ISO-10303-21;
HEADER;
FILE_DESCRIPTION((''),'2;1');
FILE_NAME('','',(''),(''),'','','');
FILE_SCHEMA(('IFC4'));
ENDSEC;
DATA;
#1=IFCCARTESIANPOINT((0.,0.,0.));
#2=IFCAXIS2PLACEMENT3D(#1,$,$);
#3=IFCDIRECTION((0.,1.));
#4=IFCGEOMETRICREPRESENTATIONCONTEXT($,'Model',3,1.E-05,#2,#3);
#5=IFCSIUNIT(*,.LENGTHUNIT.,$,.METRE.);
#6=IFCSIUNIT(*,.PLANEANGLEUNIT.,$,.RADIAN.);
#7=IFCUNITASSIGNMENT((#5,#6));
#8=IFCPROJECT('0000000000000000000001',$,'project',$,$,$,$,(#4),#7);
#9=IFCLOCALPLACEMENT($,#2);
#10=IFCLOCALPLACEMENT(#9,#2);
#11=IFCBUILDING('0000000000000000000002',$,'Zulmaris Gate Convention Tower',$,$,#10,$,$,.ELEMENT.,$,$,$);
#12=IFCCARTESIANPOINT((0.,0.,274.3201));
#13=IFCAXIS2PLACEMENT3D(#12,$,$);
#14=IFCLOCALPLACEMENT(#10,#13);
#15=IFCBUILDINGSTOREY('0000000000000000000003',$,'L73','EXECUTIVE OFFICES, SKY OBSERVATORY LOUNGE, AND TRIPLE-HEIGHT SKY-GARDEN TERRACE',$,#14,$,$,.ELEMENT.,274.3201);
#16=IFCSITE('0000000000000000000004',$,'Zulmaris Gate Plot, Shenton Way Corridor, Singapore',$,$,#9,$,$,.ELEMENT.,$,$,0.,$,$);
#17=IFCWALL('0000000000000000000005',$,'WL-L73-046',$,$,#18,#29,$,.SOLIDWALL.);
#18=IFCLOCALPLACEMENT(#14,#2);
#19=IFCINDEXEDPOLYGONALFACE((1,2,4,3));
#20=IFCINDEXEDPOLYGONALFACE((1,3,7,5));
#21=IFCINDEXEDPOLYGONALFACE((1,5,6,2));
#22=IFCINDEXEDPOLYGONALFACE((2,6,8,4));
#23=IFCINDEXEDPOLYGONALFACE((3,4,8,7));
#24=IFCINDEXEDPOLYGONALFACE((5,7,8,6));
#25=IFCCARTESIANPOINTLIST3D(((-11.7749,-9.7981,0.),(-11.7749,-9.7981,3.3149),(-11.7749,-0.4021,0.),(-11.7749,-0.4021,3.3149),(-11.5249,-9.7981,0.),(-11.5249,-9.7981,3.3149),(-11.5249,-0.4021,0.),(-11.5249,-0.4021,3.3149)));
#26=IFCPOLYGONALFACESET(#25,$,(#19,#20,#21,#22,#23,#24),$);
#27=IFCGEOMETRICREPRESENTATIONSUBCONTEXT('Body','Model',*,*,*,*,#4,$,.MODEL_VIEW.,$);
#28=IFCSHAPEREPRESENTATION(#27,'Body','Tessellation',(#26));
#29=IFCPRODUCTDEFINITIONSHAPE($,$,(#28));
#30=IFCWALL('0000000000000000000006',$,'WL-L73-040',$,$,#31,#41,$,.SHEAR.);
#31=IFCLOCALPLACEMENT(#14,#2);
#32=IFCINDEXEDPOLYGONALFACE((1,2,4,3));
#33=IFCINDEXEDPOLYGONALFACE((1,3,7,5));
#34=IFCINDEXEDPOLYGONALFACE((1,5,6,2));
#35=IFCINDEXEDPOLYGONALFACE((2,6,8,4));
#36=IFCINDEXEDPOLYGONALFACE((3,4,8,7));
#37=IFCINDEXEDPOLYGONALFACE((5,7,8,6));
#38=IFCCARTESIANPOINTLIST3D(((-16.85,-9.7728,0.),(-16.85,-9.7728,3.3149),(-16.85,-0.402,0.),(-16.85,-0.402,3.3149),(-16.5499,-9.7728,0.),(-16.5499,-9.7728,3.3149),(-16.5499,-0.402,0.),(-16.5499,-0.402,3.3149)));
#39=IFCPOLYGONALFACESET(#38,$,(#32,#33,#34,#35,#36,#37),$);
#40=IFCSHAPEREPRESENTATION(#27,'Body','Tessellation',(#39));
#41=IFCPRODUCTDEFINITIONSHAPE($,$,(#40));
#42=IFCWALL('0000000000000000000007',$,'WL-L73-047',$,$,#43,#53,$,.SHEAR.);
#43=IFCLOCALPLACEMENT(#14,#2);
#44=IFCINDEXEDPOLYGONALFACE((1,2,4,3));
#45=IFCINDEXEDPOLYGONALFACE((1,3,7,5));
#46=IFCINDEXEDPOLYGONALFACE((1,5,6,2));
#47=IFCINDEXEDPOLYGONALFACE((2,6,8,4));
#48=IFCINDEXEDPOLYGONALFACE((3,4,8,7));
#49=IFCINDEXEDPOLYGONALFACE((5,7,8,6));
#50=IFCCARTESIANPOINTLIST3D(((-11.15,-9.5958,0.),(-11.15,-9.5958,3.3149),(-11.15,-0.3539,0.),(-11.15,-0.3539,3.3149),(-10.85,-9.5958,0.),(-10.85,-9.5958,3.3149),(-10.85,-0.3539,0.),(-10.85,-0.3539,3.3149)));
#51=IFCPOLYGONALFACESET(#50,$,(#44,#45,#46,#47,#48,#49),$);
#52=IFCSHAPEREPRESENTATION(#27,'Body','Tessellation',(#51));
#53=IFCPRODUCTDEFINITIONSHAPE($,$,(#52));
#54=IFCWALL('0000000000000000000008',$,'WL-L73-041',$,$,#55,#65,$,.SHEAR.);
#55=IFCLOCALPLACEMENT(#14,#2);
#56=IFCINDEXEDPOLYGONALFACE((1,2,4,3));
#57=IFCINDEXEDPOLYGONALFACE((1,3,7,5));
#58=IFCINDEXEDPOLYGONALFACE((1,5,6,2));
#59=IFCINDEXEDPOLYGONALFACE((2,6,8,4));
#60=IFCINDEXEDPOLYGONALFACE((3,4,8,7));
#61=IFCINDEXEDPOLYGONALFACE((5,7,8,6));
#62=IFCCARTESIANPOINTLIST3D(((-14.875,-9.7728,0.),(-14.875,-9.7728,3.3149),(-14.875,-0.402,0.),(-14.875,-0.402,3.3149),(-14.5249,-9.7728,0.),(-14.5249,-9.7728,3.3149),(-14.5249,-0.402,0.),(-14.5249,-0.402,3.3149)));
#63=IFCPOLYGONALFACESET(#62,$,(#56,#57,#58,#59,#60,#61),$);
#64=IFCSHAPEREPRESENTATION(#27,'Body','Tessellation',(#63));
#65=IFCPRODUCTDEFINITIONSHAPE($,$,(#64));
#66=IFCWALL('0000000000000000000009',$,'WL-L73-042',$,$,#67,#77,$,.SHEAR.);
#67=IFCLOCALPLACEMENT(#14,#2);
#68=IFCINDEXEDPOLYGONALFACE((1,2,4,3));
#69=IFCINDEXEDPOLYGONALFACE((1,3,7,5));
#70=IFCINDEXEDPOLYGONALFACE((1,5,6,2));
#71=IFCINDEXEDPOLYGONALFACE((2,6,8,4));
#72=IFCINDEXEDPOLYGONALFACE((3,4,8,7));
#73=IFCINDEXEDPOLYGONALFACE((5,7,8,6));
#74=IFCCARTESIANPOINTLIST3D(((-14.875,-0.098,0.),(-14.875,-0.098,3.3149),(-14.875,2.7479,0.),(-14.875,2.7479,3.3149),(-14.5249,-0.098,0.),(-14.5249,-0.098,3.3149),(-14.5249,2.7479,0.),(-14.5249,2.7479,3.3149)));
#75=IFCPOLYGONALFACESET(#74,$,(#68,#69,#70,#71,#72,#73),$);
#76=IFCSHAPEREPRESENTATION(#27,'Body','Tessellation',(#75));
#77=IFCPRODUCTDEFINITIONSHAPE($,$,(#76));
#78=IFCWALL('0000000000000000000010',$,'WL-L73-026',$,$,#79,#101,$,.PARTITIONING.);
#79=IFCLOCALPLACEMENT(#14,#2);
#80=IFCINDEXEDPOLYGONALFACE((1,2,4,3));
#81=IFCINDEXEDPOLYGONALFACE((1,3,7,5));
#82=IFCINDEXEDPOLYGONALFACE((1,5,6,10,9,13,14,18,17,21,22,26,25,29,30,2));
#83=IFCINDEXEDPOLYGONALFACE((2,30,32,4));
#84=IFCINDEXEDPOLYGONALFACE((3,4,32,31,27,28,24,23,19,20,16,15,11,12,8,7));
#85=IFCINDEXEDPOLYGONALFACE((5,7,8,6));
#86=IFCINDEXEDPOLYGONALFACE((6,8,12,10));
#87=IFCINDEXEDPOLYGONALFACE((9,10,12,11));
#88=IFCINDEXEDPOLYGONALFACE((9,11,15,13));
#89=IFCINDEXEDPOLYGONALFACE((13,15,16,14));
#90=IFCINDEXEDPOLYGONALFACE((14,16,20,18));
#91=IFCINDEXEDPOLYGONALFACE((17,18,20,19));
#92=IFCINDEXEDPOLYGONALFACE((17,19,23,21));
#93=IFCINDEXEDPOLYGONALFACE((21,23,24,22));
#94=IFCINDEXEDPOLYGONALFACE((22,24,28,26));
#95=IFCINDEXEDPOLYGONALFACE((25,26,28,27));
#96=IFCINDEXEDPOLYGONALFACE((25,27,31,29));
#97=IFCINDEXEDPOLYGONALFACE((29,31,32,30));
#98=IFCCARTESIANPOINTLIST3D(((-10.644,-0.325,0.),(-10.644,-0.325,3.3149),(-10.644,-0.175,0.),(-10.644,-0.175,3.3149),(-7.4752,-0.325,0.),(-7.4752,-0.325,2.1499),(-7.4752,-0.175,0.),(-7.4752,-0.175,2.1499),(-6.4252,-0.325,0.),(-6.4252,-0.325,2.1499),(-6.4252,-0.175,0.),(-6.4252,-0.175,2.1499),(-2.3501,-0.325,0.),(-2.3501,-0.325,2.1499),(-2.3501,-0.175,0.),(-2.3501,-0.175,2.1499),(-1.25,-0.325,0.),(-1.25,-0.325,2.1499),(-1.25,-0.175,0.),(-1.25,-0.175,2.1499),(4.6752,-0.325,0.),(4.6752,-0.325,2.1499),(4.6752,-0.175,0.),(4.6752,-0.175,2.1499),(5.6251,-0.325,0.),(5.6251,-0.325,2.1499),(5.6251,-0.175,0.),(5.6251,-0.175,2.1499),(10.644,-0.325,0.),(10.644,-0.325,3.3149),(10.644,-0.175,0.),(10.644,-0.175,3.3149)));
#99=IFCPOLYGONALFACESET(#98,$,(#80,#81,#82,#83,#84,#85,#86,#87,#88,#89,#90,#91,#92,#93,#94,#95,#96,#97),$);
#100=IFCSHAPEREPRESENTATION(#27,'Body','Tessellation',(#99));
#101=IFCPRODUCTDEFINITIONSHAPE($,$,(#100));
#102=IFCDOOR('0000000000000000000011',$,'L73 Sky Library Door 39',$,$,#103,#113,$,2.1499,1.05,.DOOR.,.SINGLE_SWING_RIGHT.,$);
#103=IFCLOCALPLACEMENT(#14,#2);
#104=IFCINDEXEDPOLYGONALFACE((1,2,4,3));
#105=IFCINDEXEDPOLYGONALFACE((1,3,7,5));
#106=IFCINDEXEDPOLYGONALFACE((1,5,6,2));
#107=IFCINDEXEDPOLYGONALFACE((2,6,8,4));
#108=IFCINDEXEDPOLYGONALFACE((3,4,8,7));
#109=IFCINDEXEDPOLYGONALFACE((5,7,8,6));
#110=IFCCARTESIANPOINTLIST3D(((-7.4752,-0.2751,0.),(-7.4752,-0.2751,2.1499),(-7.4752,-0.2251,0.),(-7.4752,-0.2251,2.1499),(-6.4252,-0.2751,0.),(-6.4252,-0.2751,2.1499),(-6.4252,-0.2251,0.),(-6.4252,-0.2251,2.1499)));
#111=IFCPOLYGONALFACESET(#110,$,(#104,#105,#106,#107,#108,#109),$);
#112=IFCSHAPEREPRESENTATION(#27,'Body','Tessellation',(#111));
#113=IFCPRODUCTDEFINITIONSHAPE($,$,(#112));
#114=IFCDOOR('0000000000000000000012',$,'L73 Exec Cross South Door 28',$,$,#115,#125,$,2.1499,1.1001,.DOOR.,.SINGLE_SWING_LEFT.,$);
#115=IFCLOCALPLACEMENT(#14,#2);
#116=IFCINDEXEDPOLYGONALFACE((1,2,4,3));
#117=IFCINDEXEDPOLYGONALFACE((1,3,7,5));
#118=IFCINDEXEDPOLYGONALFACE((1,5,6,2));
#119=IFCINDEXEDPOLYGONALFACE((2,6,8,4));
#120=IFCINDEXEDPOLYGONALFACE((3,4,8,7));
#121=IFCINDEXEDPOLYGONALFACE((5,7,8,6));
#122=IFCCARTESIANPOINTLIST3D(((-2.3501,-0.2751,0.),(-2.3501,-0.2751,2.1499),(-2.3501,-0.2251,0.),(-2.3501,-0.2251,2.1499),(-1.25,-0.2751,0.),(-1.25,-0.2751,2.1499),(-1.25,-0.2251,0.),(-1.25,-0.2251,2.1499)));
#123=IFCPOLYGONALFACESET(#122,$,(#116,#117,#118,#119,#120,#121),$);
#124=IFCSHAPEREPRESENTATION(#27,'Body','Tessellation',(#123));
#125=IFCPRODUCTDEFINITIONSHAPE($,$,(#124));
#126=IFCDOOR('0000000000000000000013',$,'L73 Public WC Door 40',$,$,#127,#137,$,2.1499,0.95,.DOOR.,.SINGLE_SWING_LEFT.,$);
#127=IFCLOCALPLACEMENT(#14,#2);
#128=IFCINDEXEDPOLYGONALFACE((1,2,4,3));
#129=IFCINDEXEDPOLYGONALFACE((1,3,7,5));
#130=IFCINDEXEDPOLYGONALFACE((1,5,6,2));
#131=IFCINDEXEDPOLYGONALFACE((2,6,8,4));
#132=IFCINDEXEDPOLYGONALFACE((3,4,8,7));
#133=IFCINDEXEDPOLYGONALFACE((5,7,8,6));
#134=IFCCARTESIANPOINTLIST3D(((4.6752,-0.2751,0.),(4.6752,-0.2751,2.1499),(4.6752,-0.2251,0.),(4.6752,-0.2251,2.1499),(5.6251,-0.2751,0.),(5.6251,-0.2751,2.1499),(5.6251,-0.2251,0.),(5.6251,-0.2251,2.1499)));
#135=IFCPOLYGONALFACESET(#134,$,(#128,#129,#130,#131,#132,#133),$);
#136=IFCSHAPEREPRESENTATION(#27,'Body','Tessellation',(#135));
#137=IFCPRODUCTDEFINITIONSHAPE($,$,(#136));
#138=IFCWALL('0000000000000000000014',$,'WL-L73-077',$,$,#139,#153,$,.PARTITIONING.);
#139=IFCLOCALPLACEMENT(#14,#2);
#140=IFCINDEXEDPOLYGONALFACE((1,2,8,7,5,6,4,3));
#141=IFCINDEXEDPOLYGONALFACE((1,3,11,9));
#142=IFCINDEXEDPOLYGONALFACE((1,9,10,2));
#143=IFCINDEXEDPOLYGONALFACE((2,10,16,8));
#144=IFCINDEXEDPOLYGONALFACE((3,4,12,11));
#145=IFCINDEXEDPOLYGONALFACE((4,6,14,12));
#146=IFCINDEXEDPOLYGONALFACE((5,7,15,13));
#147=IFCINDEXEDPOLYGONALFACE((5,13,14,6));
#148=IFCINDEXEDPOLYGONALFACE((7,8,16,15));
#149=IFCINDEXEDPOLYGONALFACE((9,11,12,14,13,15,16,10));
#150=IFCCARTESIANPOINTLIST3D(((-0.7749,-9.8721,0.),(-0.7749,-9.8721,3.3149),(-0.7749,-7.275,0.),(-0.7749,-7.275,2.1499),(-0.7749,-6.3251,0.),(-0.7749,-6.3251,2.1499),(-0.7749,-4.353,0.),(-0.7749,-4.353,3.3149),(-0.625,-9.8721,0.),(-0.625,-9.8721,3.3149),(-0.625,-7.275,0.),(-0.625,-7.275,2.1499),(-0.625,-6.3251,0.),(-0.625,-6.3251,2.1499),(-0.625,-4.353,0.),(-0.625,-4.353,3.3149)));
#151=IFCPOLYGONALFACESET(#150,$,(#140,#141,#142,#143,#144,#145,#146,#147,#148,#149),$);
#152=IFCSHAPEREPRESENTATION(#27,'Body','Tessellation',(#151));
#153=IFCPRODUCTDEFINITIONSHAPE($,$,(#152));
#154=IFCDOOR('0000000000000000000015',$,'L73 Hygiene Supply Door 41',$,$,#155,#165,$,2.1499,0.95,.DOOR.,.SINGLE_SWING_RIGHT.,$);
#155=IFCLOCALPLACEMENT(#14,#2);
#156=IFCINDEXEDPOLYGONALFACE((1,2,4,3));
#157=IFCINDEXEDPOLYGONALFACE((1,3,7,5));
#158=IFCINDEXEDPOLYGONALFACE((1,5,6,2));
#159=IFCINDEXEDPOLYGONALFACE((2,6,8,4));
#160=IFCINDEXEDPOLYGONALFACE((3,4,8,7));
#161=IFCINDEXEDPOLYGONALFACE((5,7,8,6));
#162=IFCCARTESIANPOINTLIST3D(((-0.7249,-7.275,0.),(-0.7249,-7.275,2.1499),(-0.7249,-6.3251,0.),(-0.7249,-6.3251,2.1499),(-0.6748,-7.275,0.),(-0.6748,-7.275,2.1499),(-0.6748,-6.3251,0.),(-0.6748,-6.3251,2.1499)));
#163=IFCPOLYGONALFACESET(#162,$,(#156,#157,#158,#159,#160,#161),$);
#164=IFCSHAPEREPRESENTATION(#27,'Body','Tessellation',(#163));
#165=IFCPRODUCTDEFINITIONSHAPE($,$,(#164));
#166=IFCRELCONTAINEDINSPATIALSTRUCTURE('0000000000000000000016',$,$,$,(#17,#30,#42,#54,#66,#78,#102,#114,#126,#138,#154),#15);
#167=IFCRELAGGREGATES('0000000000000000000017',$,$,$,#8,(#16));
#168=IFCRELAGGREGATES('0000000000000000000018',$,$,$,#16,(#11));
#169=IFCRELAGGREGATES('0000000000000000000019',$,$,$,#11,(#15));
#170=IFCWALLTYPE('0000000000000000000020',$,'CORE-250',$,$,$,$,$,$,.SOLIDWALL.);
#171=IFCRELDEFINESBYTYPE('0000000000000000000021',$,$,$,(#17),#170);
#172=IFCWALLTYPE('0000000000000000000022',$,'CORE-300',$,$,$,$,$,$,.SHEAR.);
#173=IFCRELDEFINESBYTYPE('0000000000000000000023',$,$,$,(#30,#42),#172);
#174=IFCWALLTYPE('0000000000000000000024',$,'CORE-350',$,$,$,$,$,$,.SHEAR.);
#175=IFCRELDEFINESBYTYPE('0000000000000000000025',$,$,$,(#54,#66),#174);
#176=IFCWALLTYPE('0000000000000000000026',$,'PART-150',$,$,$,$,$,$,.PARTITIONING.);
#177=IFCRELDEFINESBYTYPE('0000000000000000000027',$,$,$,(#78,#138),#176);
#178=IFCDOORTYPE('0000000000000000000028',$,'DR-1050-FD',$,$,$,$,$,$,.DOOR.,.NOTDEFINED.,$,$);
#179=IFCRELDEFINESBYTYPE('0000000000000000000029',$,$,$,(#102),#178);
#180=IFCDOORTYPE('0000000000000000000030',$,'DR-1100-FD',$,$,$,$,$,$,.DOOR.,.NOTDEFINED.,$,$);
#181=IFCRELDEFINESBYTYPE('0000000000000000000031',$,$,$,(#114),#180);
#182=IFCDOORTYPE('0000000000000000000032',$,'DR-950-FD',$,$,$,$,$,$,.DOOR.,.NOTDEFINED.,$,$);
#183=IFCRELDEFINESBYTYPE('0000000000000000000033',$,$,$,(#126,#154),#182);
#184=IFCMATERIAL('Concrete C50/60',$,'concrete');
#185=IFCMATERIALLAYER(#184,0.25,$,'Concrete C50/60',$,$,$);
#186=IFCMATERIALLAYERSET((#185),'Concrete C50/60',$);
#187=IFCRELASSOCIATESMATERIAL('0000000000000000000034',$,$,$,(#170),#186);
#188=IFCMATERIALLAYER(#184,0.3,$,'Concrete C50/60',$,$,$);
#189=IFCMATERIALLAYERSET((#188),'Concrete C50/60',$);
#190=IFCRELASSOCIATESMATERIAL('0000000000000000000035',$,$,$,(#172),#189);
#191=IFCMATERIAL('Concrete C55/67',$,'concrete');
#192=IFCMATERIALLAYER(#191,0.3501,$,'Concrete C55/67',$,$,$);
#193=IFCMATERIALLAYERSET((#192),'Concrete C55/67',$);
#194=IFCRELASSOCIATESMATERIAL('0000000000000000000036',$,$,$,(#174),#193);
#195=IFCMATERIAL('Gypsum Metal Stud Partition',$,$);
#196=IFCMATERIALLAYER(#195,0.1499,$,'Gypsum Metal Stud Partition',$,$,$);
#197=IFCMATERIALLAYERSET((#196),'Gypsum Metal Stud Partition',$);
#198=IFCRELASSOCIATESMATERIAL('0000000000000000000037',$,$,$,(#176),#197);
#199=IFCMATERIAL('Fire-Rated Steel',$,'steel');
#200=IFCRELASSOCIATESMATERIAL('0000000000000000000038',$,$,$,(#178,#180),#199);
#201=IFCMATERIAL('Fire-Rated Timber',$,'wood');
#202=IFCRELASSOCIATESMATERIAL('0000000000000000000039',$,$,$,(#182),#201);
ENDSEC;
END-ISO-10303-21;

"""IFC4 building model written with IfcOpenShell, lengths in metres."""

from ifc_helpers import new_model, si_unit, direction, frame, frame_2d, origin, place, context, subcontext, project, spatial, rectangle, extrude, material, layer, layer_set, type_object, element, fill, save


model = new_model("IFC4")

# Units and contexts
model_context = context("Model", 3, precision=1e-05, world=origin(), true_north=direction((0.0, 1.0)))
body_context = subcontext(model_context, "Body", "Model", "MODEL_VIEW")
ifc_project = project(units=[si_unit("LENGTHUNIT", "METRE"), si_unit("PLANEANGLEUNIT", "RADIAN")], contexts=[model_context])

# Site, building, storey
site_placement = place(None, origin())
site = spatial("IfcSite", under=ifc_project, at=site_placement, Name="Zulmaris Gate Plot, Shenton Way Corridor, Singapore", CompositionType="ELEMENT", RefElevation=0.0)
building_placement = place(site_placement, origin())
building = spatial("IfcBuilding", under=site, at=building_placement, Name="Zulmaris Gate Convention Tower", CompositionType="ELEMENT")
storey_placement = place(building_placement, frame((0.0, 0.0, 274.3201)))
storey = spatial("IfcBuildingStorey", under=building, at=storey_placement, Name="L73", Description="EXECUTIVE OFFICES, SKY OBSERVATORY LOUNGE, AND TRIPLE-HEIGHT SKY-GARDEN TERRACE", CompositionType="ELEMENT", Elevation=274.3201)

# Shared definitions
ifc_material_1 = material(Name="Concrete C50/60", Category="concrete")

# Shared definitions
ifc_layer_1 = layer(ifc_material_1, 0.25, Name="Concrete C50/60")
ifc_layer_set_1 = layer_set([ifc_layer_1], Name="Concrete C50/60")
wall_type_1 = type_object("IfcWallType", Name="CORE-250", PredefinedType="SOLIDWALL", material=ifc_layer_set_1)

# Walls
wall_1_placement = place(storey_placement, frame((-11.6499, -9.7981, 0.0), z_axis=(0.0, 0.0, 1.0), x_axis=(0.0, 1.0, 0.0)))
element("IfcWall", 1, at=wall_1_placement, inside=storey, type_object=wall_type_1, Name="WL-L73-046", PredefinedType="SOLIDWALL", context=body_context, shape_type="SweptSolid", body=[
    extrude(rectangle(XDim=9.396, YDim=0.25, at=frame_2d((4.698, 0.0))), origin(), (0.0, 0.0, 1.0), 3.3149),
])
ifc_layer_2 = layer(ifc_material_1, 0.3, Name="Concrete C50/60")
ifc_layer_set_2 = layer_set([ifc_layer_2], Name="Concrete C50/60")
wall_type_2 = type_object("IfcWallType", Name="CORE-300", PredefinedType="SHEAR", material=ifc_layer_set_2)
wall_2_placement = place(storey_placement, frame((-16.7, -9.7729, 0.0), z_axis=(0.0, 0.0, 1.0), x_axis=(0.0, 1.0, 0.0)))
element("IfcWall", 2, at=wall_2_placement, inside=storey, type_object=wall_type_2, Name="WL-L73-040", PredefinedType="SHEAR", context=body_context, shape_type="SweptSolid", body=[
    extrude(rectangle(XDim=9.3708, YDim=0.3, at=frame_2d((4.6855, 0.0))), origin(), (0.0, 0.0, 1.0), 3.3149),
])
wall_3_placement = place(storey_placement, frame((-11.0, -9.5959, 0.0), z_axis=(0.0, 0.0, 1.0), x_axis=(0.0, 1.0, 0.0)))
element("IfcWall", 3, at=wall_3_placement, inside=storey, type_object=wall_type_2, Name="WL-L73-047", PredefinedType="SHEAR", context=body_context, shape_type="SweptSolid", body=[
    extrude(rectangle(XDim=9.2419, YDim=0.3, at=frame_2d((4.6211, 0.0))), origin(), (0.0, 0.0, 1.0), 3.3149),
])
ifc_material_2 = material(Name="Concrete C55/67", Category="concrete")
ifc_layer_3 = layer(ifc_material_2, 0.3501, Name="Concrete C55/67")
ifc_layer_set_3 = layer_set([ifc_layer_3], Name="Concrete C55/67")
wall_type_3 = type_object("IfcWallType", Name="CORE-350", PredefinedType="SHEAR", material=ifc_layer_set_3)
wall_4_placement = place(storey_placement, frame((-14.7, -9.7729, 0.0), z_axis=(0.0, 0.0, 1.0), x_axis=(0.0, 1.0, 0.0)))
element("IfcWall", 4, at=wall_4_placement, inside=storey, type_object=wall_type_3, Name="WL-L73-041", PredefinedType="SHEAR", context=body_context, shape_type="SweptSolid", body=[
    extrude(rectangle(XDim=9.3708, YDim=0.3501, at=frame_2d((4.6855, 0.0))), origin(), (0.0, 0.0, 1.0), 3.3149),
])
wall_5_placement = place(storey_placement, frame((-14.7, -0.0979, 0.0), z_axis=(0.0, 0.0, 1.0), x_axis=(0.0, 1.0, 0.0)))
element("IfcWall", 5, at=wall_5_placement, inside=storey, type_object=wall_type_3, Name="WL-L73-042", PredefinedType="SHEAR", context=body_context, shape_type="SweptSolid", body=[
    extrude(rectangle(XDim=2.8459, YDim=0.3501, at=frame_2d((1.4229, 0.0))), origin(), (0.0, 0.0, 1.0), 3.3149),
])

# Wall, openings, doors
ifc_material_3 = material(Name="Gypsum Metal Stud Partition")
ifc_layer_4 = layer(ifc_material_3, 0.1499, Name="Gypsum Metal Stud Partition")
ifc_layer_set_4 = layer_set([ifc_layer_4], Name="Gypsum Metal Stud Partition")
wall_type_4 = type_object("IfcWallType", Name="PART-150", PredefinedType="PARTITIONING", material=ifc_layer_set_4)
wall_6_placement = place(storey_placement, frame((-10.644, -0.25, 0.0), z_axis=(0.0, 0.0, 1.0), x_axis=(1.0, 0.0, 0.0)))
wall_6 = element("IfcWall", 6, at=wall_6_placement, inside=storey, type_object=wall_type_4, Name="WL-L73-026", PredefinedType="PARTITIONING", context=body_context, shape_type="SweptSolid", body=[
    extrude(rectangle(XDim=21.2881, YDim=0.1499, at=frame_2d((10.644, 0.0))), origin(), (0.0, 0.0, 1.0), 3.3149),
])
opening_1_placement = place(wall_6_placement, frame((8.2939, 0.0, 0.0)))
opening_1 = element("IfcOpeningElement", 7, at=opening_1_placement, cuts=wall_6, PredefinedType="OPENING", context=body_context, shape_type="SweptSolid", body=[
    extrude(rectangle(XDim=1.1001, YDim=2.1499, at=frame_2d((0.55, 1.075))), frame((0.0, 0.085, 0.0), z_axis=(0.0, -1.0, 0.0), x_axis=(1.0, 0.0, 0.0)), (0.0, 0.0, 1.0), 0.1699),
])
opening_2_placement = place(wall_6_placement, frame((3.1689, 0.0, 0.0)))
opening_2 = element("IfcOpeningElement", 8, at=opening_2_placement, cuts=wall_6, PredefinedType="OPENING", context=body_context, shape_type="SweptSolid", body=[
    extrude(rectangle(XDim=1.05, YDim=2.1499, at=frame_2d((0.5249, 1.075))), frame((0.0, 0.085, 0.0), z_axis=(0.0, -1.0, 0.0), x_axis=(1.0, 0.0, 0.0)), (0.0, 0.0, 1.0), 0.1699),
])
opening_3_placement = place(wall_6_placement, frame((15.3191, 0.0, 0.0)))
opening_3 = element("IfcOpeningElement", 9, at=opening_3_placement, cuts=wall_6, PredefinedType="OPENING", context=body_context, shape_type="SweptSolid", body=[
    extrude(rectangle(XDim=0.95, YDim=2.1499, at=frame_2d((0.4751, 1.075))), frame((0.0, 0.085, 0.0), z_axis=(0.0, -1.0, 0.0), x_axis=(1.0, 0.0, 0.0)), (0.0, 0.0, 1.0), 0.1699),
])
ifc_material_4 = material(Name="Fire-Rated Steel", Category="steel")
door_type_1 = type_object("IfcDoorType", Name="DR-1050-FD", OperationType="NOTDEFINED", PredefinedType="DOOR", material=ifc_material_4)
door_1_placement = place(opening_2_placement, origin())
door_1 = element("IfcDoor", 10, at=door_1_placement, inside=storey, type_object=door_type_1, Name="L73 Sky Library Door 39", OperationType="SINGLE_SWING_RIGHT", OverallHeight=2.1499, OverallWidth=1.05, PredefinedType="DOOR", context=body_context, shape_type="SweptSolid", body=[
    extrude(rectangle(XDim=1.05, YDim=2.1499, at=frame_2d((0.5249, 1.075))), frame((0.0, 0.0249, 0.0), z_axis=(0.0, -1.0, 0.0), x_axis=(1.0, 0.0, 0.0)), (0.0, 0.0, 1.0), 0.05),
])
fill(opening_2, door_1)
door_type_2 = type_object("IfcDoorType", Name="DR-1100-FD", OperationType="NOTDEFINED", PredefinedType="DOOR", material=ifc_material_4)
door_2_placement = place(opening_1_placement, origin())
door_2 = element("IfcDoor", 11, at=door_2_placement, inside=storey, type_object=door_type_2, Name="L73 Exec Cross South Door 28", OperationType="SINGLE_SWING_LEFT", OverallHeight=2.1499, OverallWidth=1.1001, PredefinedType="DOOR", context=body_context, shape_type="SweptSolid", body=[
    extrude(rectangle(XDim=1.1001, YDim=2.1499, at=frame_2d((0.55, 1.075))), frame((0.0, 0.0249, 0.0), z_axis=(0.0, -1.0, 0.0), x_axis=(1.0, 0.0, 0.0)), (0.0, 0.0, 1.0), 0.05),
])
fill(opening_1, door_2)
ifc_material_5 = material(Name="Fire-Rated Timber", Category="wood")
door_type_3 = type_object("IfcDoorType", Name="DR-950-FD", OperationType="NOTDEFINED", PredefinedType="DOOR", material=ifc_material_5)
door_3_placement = place(opening_3_placement, origin())
door_3 = element("IfcDoor", 12, at=door_3_placement, inside=storey, type_object=door_type_3, Name="L73 Public WC Door 40", OperationType="SINGLE_SWING_LEFT", OverallHeight=2.1499, OverallWidth=0.95, PredefinedType="DOOR", context=body_context, shape_type="SweptSolid", body=[
    extrude(rectangle(XDim=0.95, YDim=2.1499, at=frame_2d((0.4751, 1.075))), frame((0.0, 0.0249, 0.0), z_axis=(0.0, -1.0, 0.0), x_axis=(1.0, 0.0, 0.0)), (0.0, 0.0, 1.0), 0.05),
])
fill(opening_3, door_3)

# Wall, opening, door
wall_7_placement = place(storey_placement, frame((-0.7, -9.8721, 0.0), z_axis=(0.0, 0.0, 1.0), x_axis=(0.0, 1.0, 0.0)))
wall_7 = element("IfcWall", 13, at=wall_7_placement, inside=storey, type_object=wall_type_4, Name="WL-L73-077", PredefinedType="PARTITIONING", context=body_context, shape_type="SweptSolid", body=[
    extrude(rectangle(XDim=5.519, YDim=0.1499, at=frame_2d((2.7595, 0.0))), origin(), (0.0, 0.0, 1.0), 3.3149),
])
opening_4_placement = place(wall_7_placement, frame((2.5969, 0.0, 0.0)))
opening_4 = element("IfcOpeningElement", 14, at=opening_4_placement, cuts=wall_7, PredefinedType="OPENING", context=body_context, shape_type="SweptSolid", body=[
    extrude(rectangle(XDim=0.95, YDim=2.1499, at=frame_2d((0.4751, 1.075))), frame((0.0, 0.085, 0.0), z_axis=(0.0, -1.0, 0.0), x_axis=(1.0, 0.0, 0.0)), (0.0, 0.0, 1.0), 0.1699),
])
door_4_placement = place(opening_4_placement, origin())
door_4 = element("IfcDoor", 15, at=door_4_placement, inside=storey, type_object=door_type_3, Name="L73 Hygiene Supply Door 41", OperationType="SINGLE_SWING_RIGHT", OverallHeight=2.1499, OverallWidth=0.95, PredefinedType="DOOR", context=body_context, shape_type="SweptSolid", body=[
    extrude(rectangle(XDim=0.95, YDim=2.1499, at=frame_2d((0.4751, 1.075))), frame((0.0, 0.0249, 0.0), z_axis=(0.0, -1.0, 0.0), x_axis=(1.0, 0.0, 0.0)), (0.0, 0.0, 1.0), 0.05),
])
fill(opening_4, door_4)

save(model, "model.ifc")
